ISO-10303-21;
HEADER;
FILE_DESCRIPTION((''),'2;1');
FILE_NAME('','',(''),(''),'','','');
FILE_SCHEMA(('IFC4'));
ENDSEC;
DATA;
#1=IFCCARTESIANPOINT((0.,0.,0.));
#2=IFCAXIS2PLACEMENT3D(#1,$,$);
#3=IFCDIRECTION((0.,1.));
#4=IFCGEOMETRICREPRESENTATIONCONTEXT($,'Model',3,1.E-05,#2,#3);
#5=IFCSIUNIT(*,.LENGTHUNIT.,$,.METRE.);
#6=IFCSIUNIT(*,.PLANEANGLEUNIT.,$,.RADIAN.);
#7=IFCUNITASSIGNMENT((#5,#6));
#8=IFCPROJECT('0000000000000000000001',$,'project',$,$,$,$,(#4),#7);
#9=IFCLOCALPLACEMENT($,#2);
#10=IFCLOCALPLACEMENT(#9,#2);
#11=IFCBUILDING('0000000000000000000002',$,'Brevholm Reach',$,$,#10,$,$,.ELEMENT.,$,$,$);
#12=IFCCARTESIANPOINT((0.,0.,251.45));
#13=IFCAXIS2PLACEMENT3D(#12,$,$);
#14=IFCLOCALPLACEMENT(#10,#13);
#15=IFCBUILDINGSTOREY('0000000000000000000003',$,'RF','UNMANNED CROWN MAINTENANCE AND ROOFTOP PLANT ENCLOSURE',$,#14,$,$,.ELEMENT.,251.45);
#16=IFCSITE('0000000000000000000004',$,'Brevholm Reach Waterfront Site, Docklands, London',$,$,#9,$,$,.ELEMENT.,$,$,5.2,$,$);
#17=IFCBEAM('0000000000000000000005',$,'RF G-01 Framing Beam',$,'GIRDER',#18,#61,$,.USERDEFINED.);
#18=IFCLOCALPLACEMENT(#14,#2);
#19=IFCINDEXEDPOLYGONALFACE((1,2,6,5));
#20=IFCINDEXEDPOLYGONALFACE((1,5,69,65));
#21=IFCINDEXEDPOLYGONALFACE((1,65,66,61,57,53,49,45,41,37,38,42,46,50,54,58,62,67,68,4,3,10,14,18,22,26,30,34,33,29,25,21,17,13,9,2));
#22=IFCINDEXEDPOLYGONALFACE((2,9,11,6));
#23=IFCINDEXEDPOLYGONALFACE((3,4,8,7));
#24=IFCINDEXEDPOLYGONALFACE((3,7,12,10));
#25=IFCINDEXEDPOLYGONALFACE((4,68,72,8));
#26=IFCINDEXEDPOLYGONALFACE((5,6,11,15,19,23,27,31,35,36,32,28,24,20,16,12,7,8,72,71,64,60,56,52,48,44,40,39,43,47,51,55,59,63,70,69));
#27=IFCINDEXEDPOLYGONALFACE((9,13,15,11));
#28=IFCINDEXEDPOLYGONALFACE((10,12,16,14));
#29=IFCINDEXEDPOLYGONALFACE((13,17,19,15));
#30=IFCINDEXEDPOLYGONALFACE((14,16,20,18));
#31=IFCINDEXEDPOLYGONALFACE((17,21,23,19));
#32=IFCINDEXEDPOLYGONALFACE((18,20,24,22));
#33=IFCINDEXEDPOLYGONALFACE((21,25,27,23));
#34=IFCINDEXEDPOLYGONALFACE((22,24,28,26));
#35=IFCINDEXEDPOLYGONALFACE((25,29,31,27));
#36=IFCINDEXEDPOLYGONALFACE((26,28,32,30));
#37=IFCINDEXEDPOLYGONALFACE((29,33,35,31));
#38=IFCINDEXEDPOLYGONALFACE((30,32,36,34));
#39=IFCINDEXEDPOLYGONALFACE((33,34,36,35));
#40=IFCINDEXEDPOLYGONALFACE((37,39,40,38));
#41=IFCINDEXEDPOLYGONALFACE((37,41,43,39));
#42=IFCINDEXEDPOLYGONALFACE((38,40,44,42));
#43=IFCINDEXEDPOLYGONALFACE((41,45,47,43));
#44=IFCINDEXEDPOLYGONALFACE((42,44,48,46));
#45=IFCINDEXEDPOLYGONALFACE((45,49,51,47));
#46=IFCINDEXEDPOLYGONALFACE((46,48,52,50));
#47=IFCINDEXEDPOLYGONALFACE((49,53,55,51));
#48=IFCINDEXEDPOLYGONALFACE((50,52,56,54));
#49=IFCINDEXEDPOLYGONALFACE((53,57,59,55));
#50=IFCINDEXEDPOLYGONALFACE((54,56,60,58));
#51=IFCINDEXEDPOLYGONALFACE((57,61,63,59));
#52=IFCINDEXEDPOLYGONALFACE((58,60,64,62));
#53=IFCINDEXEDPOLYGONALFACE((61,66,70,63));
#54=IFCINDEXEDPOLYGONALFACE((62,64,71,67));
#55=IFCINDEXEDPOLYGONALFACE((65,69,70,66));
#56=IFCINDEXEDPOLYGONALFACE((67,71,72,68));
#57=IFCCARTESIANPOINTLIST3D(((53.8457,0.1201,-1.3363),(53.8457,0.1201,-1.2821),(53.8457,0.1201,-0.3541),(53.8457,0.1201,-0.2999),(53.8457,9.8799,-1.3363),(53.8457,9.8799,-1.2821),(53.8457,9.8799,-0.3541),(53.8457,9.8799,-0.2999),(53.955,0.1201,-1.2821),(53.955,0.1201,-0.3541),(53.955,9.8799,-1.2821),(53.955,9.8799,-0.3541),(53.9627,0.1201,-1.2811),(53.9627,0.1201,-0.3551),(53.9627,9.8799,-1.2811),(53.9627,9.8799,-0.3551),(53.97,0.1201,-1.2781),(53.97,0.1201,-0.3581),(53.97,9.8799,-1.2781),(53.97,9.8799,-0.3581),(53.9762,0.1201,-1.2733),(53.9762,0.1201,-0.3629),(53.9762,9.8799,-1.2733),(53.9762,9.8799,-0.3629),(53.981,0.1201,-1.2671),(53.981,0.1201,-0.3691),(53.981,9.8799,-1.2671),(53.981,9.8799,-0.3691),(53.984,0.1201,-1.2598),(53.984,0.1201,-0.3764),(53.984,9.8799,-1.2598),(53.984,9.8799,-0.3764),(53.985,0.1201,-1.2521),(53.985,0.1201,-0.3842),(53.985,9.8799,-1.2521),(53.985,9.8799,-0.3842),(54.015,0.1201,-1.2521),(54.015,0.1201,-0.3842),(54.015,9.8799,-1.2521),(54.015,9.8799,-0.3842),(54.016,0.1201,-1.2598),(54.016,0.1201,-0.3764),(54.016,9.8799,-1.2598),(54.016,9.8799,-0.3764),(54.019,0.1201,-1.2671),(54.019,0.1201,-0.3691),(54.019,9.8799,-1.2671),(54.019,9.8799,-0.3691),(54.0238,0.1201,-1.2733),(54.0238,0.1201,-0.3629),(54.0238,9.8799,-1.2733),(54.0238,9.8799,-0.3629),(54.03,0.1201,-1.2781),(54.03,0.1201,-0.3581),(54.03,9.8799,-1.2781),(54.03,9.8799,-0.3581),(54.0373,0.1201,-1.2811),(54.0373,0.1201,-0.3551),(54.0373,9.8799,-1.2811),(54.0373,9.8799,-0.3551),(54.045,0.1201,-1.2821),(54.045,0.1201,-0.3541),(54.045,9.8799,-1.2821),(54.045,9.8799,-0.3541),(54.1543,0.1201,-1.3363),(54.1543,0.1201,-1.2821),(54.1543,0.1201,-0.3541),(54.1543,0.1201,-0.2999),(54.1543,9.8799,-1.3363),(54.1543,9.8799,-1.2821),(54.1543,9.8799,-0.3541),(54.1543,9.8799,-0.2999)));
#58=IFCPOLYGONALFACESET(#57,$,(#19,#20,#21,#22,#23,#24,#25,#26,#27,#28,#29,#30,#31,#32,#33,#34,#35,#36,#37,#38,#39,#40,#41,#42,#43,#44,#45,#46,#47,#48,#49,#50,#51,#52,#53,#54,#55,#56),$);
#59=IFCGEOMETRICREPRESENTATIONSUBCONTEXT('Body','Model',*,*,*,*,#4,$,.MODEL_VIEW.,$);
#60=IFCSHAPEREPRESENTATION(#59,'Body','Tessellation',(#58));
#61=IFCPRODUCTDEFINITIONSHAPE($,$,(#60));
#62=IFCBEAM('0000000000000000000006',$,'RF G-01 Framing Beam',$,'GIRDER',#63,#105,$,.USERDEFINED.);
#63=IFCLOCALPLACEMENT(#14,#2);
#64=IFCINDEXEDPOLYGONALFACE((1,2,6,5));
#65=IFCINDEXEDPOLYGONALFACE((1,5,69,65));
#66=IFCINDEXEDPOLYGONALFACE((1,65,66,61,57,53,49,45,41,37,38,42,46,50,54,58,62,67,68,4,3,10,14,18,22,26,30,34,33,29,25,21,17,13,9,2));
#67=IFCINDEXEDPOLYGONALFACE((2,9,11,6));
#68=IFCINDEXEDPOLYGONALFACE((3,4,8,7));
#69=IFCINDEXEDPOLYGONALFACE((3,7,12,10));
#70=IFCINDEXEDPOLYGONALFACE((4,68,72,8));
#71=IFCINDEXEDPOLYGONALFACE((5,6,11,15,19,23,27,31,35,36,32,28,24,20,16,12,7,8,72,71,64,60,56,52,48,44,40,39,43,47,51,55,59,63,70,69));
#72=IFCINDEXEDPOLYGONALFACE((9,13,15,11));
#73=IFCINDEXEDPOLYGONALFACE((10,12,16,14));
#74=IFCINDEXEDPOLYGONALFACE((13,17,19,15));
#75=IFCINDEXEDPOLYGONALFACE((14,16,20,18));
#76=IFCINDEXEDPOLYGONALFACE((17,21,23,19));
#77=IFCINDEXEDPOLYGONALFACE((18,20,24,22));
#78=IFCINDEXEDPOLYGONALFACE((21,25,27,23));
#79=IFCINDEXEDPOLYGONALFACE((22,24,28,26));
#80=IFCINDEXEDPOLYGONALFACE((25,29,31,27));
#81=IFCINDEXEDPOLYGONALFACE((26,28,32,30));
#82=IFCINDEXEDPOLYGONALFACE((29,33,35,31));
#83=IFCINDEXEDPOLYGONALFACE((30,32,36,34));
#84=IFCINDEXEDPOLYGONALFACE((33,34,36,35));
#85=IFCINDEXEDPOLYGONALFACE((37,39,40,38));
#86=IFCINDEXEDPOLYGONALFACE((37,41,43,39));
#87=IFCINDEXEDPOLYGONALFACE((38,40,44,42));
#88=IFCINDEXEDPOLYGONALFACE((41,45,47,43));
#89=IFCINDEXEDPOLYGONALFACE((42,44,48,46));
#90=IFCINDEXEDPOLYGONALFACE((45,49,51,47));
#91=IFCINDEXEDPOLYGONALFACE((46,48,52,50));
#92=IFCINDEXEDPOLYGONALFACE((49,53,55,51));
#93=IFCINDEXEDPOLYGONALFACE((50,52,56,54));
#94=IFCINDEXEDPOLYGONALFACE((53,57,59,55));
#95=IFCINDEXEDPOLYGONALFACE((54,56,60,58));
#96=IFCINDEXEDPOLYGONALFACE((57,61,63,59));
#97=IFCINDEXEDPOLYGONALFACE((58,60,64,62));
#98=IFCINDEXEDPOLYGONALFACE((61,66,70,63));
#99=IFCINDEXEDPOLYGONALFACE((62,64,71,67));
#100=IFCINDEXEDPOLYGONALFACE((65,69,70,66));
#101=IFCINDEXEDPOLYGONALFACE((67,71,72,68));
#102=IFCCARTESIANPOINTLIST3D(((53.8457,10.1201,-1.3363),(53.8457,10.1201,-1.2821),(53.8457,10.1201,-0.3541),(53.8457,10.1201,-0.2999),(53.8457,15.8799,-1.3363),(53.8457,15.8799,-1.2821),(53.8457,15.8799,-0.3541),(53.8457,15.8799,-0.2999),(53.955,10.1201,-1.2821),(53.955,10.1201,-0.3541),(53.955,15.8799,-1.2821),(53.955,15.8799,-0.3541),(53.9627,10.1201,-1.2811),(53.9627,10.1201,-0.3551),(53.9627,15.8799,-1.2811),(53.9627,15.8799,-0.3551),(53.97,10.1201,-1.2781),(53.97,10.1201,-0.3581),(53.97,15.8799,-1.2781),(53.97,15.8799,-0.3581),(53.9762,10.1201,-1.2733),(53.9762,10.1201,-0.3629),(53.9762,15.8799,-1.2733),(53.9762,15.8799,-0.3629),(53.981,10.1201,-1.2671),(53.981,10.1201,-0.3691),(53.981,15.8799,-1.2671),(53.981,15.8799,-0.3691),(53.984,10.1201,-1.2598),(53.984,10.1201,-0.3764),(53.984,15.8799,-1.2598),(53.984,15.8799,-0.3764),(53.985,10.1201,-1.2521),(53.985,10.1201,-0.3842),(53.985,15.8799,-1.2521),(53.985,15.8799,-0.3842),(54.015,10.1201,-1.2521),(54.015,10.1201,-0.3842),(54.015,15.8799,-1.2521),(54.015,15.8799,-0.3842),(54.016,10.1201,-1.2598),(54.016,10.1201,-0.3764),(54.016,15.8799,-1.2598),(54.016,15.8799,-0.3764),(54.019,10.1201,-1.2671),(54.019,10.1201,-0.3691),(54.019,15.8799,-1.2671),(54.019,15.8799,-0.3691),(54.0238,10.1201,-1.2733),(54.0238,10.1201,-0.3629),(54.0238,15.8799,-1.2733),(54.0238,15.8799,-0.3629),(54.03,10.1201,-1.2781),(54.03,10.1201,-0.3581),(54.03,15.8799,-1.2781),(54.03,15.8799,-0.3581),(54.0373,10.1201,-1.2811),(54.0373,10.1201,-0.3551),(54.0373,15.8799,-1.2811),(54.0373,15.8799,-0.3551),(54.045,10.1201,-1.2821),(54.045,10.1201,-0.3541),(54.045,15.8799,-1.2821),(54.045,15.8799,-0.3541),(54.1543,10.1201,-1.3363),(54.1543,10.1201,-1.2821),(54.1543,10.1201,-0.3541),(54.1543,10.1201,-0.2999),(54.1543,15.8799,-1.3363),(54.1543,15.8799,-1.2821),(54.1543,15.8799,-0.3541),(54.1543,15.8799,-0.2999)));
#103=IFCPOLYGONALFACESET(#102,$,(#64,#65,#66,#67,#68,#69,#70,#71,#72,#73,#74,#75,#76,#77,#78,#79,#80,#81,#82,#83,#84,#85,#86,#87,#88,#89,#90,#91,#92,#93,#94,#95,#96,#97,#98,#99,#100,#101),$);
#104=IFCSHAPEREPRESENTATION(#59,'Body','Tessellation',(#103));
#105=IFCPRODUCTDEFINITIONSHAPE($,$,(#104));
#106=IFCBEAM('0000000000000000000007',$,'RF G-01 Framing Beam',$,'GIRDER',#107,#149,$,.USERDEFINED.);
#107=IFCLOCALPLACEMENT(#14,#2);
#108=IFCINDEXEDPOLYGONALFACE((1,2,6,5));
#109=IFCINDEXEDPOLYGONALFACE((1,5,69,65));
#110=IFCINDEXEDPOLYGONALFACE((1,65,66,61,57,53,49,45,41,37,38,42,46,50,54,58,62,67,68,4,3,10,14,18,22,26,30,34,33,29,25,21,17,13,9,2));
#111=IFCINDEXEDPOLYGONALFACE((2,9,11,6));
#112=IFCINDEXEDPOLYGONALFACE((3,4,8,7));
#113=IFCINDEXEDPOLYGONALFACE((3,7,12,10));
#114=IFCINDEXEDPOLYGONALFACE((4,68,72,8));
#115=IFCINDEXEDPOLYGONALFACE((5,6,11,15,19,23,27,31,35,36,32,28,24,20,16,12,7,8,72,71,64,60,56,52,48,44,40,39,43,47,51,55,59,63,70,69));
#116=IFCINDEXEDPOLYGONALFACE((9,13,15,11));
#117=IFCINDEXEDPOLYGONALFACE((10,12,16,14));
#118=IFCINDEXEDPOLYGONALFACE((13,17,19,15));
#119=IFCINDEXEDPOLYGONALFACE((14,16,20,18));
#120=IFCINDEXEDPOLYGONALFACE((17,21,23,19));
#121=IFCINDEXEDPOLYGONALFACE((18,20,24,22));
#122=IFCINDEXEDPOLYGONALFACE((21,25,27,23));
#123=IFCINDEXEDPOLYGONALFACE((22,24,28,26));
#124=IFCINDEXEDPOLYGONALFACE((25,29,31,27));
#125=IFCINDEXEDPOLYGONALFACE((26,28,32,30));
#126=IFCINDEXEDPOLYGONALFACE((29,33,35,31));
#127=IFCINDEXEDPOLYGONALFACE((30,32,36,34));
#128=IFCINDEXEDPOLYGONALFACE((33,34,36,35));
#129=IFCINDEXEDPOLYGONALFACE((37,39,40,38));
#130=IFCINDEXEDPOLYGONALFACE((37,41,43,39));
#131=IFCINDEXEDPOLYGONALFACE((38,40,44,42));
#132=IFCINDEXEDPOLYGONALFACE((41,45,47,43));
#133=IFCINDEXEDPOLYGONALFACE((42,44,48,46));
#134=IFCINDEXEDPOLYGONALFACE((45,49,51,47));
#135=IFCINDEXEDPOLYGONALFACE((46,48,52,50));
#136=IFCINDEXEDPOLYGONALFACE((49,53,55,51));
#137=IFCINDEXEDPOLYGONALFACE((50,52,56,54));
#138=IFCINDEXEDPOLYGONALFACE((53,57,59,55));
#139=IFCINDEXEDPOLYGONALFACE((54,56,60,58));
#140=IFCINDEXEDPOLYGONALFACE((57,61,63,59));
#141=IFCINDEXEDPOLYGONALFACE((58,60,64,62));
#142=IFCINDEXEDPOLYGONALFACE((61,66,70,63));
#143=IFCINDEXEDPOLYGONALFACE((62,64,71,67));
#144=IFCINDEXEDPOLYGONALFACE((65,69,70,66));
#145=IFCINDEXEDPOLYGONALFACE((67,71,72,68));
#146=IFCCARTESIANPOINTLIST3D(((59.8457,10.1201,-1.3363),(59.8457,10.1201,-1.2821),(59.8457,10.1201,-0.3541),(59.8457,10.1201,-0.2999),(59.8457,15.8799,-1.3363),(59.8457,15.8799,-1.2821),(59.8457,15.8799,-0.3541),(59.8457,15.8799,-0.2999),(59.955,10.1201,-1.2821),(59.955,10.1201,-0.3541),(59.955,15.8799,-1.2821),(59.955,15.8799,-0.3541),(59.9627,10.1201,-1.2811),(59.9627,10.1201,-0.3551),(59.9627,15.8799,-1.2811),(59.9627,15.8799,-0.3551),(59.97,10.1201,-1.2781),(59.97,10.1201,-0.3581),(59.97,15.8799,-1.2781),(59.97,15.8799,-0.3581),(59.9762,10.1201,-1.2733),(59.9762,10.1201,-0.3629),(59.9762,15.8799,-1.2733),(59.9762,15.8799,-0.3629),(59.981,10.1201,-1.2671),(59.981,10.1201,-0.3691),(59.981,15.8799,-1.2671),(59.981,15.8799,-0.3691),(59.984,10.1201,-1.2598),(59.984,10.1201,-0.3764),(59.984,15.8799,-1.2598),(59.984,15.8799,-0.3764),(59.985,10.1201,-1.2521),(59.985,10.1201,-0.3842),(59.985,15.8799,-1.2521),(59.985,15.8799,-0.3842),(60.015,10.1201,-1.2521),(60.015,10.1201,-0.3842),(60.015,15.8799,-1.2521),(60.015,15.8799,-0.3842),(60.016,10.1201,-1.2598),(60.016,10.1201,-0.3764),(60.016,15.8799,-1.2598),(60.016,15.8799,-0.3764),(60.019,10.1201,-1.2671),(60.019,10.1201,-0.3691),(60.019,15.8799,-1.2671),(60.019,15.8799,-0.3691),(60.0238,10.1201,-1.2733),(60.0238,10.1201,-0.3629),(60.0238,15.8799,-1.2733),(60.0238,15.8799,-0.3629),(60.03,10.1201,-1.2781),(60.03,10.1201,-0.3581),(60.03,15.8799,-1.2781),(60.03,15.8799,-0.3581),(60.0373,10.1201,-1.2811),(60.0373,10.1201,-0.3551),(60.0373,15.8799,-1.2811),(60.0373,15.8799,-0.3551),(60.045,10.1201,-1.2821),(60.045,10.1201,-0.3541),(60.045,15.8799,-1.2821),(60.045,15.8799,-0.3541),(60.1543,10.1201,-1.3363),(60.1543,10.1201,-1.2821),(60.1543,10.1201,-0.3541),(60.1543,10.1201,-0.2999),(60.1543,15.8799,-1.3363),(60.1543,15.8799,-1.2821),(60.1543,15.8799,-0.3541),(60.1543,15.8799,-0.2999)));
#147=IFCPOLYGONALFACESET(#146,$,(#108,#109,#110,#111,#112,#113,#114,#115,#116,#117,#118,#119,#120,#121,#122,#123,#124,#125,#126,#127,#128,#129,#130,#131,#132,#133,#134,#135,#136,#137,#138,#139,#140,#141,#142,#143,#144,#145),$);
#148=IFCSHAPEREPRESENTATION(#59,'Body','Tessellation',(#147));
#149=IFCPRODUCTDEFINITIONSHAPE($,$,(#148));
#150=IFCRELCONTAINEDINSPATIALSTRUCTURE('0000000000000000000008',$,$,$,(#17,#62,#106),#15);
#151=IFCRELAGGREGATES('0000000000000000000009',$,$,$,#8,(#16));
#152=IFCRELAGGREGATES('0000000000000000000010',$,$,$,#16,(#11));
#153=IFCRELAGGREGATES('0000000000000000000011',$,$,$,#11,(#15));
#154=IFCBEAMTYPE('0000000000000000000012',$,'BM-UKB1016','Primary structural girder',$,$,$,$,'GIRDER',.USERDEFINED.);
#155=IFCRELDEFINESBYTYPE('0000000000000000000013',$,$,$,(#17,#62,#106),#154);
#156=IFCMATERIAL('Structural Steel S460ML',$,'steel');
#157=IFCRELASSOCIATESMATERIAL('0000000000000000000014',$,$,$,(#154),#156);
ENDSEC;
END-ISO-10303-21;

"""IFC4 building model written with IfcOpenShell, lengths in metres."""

from ifc_helpers import new_model, si_unit, direction, frame, origin, origin_2d, place, context, subcontext, project, spatial, i_section, extrude, material, material_profile, profile_set, type_object, element, save


model = new_model("IFC4")

# Units and contexts
model_context = context("Model", 3, precision=1e-05, world=origin(), true_north=direction((0.0, 1.0)))
body_context = subcontext(model_context, "Body", "Model", "MODEL_VIEW")
ifc_project = project(units=[si_unit("LENGTHUNIT", "METRE"), si_unit("PLANEANGLEUNIT", "RADIAN")], contexts=[model_context])

# Site, building, storey
site_placement = place(None, origin())
site = spatial("IfcSite", under=ifc_project, at=site_placement, Name="Brevholm Reach Waterfront Site, Docklands, London", CompositionType="ELEMENT", RefElevation=5.2)
building_placement = place(site_placement, origin())
building = spatial("IfcBuilding", under=site, at=building_placement, Name="Brevholm Reach", CompositionType="ELEMENT")
storey_placement = place(building_placement, frame((0.0, 0.0, 251.45)))
storey = spatial("IfcBuildingStorey", under=building, at=storey_placement, Name="RF", Description="UNMANNED CROWN MAINTENANCE AND ROOFTOP PLANT ENCLOSURE", CompositionType="ELEMENT", Elevation=251.45)

# Beams
ifc_material_1 = material(Name="Structural Steel S460ML", Category="steel")
ifc_material_profile_1 = material_profile(ifc_material_1, i_section(OverallWidth=0.3086, OverallDepth=1.0364, WebThickness=0.03, FlangeThickness=0.0542, FilletRadius=0.03, at=origin_2d()), Name="UKB 1016x305x487")
ifc_profile_set_1 = profile_set([ifc_material_profile_1], Name="Structural Steel S460ML")
beam_type = type_object("IfcBeamType", Name="BM-UKB1016", Description="Primary structural girder", ElementType="GIRDER", PredefinedType="USERDEFINED", material=ifc_profile_set_1)
beam_placement = place(storey_placement, frame((54.0, 0.1201, -0.8181), z_axis=(0.0, 1.0, 0.0), x_axis=(-1.0, 0.0, 0.0)))
element("IfcBeam", 1, at=beam_placement, inside=storey, type_object=beam_type, Name="RF G-01 Framing Beam", ObjectType="GIRDER", PredefinedType="USERDEFINED", context=body_context, shape_type="SweptSolid", body=[
    extrude(i_section(OverallWidth=0.3086, OverallDepth=1.0364, WebThickness=0.03, FlangeThickness=0.0542, FilletRadius=0.03, at=origin_2d()), origin(), (0.0, 0.0, 1.0), 9.7598),
])
for number, where, z_axis, x_axis, name in (
    (2, (54.0, 10.1201, -0.8181), (0.0, 1.0, 0.0), (-1.0, 0.0, 0.0), "RF G-01 Framing Beam"),
    (3, (60.0, 10.1201, -0.8181), (0.0, 1.0, 0.0), (-1.0, 0.0, 0.0), "RF G-01 Framing Beam"),
):
    element("IfcBeam", number, at=place(storey_placement, frame(where, z_axis=z_axis, x_axis=x_axis)), inside=storey, type_object=beam_type, Name=name, ObjectType="GIRDER", PredefinedType="USERDEFINED", context=body_context, shape_type="SweptSolid", body=[
        extrude(i_section(OverallWidth=0.3086, OverallDepth=1.0364, WebThickness=0.03, FlangeThickness=0.0542, FilletRadius=0.03, at=origin_2d()), origin(), (0.0, 0.0, 1.0), 5.7598),
    ])

save(model, "model.ifc")
